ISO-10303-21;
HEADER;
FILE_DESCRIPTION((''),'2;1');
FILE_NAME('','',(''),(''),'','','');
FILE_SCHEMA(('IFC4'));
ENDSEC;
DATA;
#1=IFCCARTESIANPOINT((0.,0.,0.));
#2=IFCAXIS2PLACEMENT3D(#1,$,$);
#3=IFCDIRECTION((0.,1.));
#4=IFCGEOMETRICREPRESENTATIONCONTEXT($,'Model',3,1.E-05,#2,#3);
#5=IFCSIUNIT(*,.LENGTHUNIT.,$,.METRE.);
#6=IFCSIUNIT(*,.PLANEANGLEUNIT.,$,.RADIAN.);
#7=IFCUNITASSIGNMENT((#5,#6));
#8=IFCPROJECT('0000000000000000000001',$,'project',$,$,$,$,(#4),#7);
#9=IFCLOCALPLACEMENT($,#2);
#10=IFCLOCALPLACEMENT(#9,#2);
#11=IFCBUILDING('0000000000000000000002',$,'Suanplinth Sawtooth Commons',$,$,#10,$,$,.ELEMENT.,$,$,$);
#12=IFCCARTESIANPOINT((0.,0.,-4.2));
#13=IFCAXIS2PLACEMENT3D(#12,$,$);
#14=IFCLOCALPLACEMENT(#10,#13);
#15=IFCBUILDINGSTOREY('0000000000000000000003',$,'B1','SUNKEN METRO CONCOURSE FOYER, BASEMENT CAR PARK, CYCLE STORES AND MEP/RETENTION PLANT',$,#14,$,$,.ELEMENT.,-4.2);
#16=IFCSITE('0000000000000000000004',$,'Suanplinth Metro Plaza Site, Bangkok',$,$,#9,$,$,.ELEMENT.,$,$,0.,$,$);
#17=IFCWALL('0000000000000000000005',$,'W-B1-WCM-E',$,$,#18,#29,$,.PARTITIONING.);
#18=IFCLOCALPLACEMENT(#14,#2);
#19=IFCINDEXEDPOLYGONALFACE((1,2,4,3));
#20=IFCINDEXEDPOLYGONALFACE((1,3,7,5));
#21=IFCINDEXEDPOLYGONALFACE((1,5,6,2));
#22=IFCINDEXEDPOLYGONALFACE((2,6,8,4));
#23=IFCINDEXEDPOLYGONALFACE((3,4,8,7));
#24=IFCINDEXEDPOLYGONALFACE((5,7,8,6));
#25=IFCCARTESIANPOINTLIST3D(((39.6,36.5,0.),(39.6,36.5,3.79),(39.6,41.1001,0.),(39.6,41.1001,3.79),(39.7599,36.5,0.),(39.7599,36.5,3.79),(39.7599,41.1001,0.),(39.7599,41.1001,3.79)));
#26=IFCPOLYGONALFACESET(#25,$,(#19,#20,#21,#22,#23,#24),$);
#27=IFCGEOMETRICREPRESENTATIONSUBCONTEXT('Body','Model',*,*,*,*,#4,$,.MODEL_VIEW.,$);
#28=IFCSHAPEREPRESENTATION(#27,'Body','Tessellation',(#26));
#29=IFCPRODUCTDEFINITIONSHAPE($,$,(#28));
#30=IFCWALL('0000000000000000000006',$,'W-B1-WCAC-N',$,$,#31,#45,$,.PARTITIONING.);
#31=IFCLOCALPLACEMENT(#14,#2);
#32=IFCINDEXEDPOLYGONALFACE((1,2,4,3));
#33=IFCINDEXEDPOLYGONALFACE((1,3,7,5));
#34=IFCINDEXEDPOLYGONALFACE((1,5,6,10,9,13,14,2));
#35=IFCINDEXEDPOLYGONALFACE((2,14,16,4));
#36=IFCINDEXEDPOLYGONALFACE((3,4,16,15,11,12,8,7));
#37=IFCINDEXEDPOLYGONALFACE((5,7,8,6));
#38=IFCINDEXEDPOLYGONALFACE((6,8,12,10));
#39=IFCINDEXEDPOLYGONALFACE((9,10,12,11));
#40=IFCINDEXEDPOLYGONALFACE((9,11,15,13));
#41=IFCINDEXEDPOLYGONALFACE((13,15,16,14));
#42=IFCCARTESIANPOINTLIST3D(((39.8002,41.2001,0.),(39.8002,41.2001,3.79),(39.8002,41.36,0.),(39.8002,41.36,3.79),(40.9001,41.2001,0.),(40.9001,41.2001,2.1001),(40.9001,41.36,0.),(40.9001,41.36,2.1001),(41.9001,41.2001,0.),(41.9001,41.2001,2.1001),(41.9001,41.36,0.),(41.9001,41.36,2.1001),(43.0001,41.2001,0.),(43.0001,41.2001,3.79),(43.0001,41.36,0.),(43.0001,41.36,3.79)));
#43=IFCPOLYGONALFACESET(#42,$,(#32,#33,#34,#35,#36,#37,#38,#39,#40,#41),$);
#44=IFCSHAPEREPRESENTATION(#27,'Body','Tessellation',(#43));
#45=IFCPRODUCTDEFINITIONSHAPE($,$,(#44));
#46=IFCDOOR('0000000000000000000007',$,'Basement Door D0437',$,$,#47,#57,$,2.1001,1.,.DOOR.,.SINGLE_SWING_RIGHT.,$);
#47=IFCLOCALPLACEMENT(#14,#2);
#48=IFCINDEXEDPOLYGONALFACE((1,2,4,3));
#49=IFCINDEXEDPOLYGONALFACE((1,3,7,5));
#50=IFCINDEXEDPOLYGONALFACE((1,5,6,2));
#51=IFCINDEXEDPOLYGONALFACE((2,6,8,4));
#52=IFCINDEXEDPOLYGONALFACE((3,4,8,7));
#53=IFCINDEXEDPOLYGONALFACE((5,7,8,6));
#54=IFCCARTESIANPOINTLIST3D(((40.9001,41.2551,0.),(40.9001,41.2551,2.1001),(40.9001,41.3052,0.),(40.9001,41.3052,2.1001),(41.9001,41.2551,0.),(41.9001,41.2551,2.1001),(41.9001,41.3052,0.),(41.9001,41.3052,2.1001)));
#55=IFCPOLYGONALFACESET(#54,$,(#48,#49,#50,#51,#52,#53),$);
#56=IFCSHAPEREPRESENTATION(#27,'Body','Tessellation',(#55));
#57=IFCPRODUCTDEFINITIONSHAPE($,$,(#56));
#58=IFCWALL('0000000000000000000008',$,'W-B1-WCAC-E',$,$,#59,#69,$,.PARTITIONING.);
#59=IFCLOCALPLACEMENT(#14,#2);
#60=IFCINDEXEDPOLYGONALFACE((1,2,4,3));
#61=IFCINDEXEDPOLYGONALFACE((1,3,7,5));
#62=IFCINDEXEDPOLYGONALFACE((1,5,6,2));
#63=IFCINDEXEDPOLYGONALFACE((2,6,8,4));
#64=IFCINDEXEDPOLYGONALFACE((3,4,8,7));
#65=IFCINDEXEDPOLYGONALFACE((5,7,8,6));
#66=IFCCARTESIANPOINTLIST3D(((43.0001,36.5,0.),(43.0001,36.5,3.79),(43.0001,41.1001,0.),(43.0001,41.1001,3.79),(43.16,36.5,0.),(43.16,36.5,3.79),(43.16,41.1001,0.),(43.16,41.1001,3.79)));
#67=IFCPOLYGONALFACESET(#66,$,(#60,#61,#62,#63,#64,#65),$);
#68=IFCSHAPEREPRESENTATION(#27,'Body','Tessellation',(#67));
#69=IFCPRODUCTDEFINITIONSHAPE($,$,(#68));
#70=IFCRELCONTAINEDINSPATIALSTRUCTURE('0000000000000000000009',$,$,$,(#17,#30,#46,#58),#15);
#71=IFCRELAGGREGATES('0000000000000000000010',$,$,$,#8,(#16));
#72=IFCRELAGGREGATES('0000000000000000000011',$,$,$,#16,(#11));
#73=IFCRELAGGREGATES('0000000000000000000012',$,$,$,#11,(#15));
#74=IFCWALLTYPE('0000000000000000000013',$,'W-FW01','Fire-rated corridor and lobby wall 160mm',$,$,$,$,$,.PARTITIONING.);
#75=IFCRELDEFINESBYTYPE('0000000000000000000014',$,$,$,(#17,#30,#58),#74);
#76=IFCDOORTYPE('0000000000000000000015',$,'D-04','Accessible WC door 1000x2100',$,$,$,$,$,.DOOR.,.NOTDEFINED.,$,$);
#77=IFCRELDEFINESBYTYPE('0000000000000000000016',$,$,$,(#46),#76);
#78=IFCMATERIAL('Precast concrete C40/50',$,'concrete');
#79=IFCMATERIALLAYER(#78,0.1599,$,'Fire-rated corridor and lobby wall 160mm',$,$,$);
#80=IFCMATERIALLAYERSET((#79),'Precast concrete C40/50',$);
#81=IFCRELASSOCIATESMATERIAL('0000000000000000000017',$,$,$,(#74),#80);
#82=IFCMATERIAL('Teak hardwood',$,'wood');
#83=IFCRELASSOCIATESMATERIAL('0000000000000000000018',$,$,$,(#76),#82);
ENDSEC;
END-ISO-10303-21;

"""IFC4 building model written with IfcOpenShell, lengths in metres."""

from ifc_helpers import new_model, si_unit, direction, frame, frame_2d, origin, place, context, subcontext, project, spatial, rectangle, extrude, material, layer, layer_set, type_object, element, fill, save


model = new_model("IFC4")

# Units and contexts
model_context = context("Model", 3, precision=1e-05, world=origin(), true_north=direction((0.0, 1.0)))
body_context = subcontext(model_context, "Body", "Model", "MODEL_VIEW")
ifc_project = project(units=[si_unit("LENGTHUNIT", "METRE"), si_unit("PLANEANGLEUNIT", "RADIAN")], contexts=[model_context])

# Site, building, storey
site_placement = place(None, origin())
site = spatial("IfcSite", under=ifc_project, at=site_placement, Name="Suanplinth Metro Plaza Site, Bangkok", CompositionType="ELEMENT", RefElevation=0.0)
building_placement = place(site_placement, origin())
building = spatial("IfcBuilding", under=site, at=building_placement, Name="Suanplinth Sawtooth Commons", CompositionType="ELEMENT")
storey_placement = place(building_placement, frame((0.0, 0.0, -4.2)))
storey = spatial("IfcBuildingStorey", under=building, at=storey_placement, Name="B1", Description="SUNKEN METRO CONCOURSE FOYER, BASEMENT CAR PARK, CYCLE STORES AND MEP/RETENTION PLANT", CompositionType="ELEMENT", Elevation=-4.2)

# Shared definitions
ifc_material_1 = material(Name="Precast concrete C40/50", Category="concrete")

# Shared definitions
ifc_layer_1 = layer(ifc_material_1, 0.1599, Name="Fire-rated corridor and lobby wall 160mm")
ifc_layer_set_1 = layer_set([ifc_layer_1], Name="Precast concrete C40/50")
wall_type = type_object("IfcWallType", Name="W-FW01", Description="Fire-rated corridor and lobby wall 160mm", PredefinedType="PARTITIONING", material=ifc_layer_set_1)
ifc_material_2 = material(Name="Teak hardwood", Category="wood")
door_type = type_object("IfcDoorType", Name="D-04", Description="Accessible WC door 1000x2100", OperationType="NOTDEFINED", PredefinedType="DOOR", material=ifc_material_2)

# Wall
wall_1_placement = place(storey_placement, frame((39.6799, 36.5, 0.0), z_axis=(0.0, 0.0, 1.0), x_axis=(0.0, 1.0, 0.0)))
element("IfcWall", 1, at=wall_1_placement, inside=storey, type_object=wall_type, Name="W-B1-WCM-E", PredefinedType="PARTITIONING", context=body_context, shape_type="SweptSolid", body=[
    extrude(rectangle(XDim=4.6001, YDim=0.1599, at=frame_2d((2.3, 0.0))), origin(), (0.0, 0.0, 1.0), 3.79),
])

# Wall, opening, door
wall_2_placement = place(storey_placement, frame((39.8, 41.28, 0.0), z_axis=(0.0, 0.0, 1.0), x_axis=(1.0, 0.0, 0.0)))
wall_2 = element("IfcWall", 2, at=wall_2_placement, inside=storey, type_object=wall_type, Name="W-B1-WCAC-N", PredefinedType="PARTITIONING", context=body_context, shape_type="SweptSolid", body=[
    extrude(rectangle(XDim=3.2, YDim=0.1599, at=frame_2d((1.6001, 0.0))), origin(), (0.0, 0.0, 1.0), 3.79),
])
opening_1_placement = place(wall_2_placement, frame((1.1001, 0.0, 0.0)))
opening_1 = element("IfcOpeningElement", 3, at=opening_1_placement, cuts=wall_2, PredefinedType="OPENING", context=body_context, shape_type="SweptSolid", body=[
    extrude(rectangle(XDim=1.0, YDim=2.1001, at=frame_2d((0.5, 1.05))), frame((0.0, 0.0947, 0.0), z_axis=(0.0, -1.0, 0.0), x_axis=(1.0, 0.0, 0.0)), (0.0, 0.0, 1.0), 0.1897),
])
door_1_placement = place(opening_1_placement, frame((1.0, 0.0, 0.0), z_axis=(0.0, 0.0, 1.0), x_axis=(-1.0, 0.0, 0.0)))
door_1 = element("IfcDoor", 4, at=door_1_placement, inside=storey, type_object=door_type, Name="Basement Door D0437", OperationType="SINGLE_SWING_RIGHT", OverallHeight=2.1001, OverallWidth=1.0, PredefinedType="DOOR", context=body_context, shape_type="SweptSolid", body=[
    extrude(rectangle(XDim=1.0, YDim=2.1001, at=frame_2d((0.5, 1.05))), frame((0.0, 0.0249, 0.0), z_axis=(0.0, -1.0, 0.0), x_axis=(1.0, 0.0, 0.0)), (0.0, 0.0, 1.0), 0.05),
])
fill(opening_1, door_1)

# Wall
wall_3_placement = place(storey_placement, frame((43.0801, 36.5, 0.0), z_axis=(0.0, 0.0, 1.0), x_axis=(0.0, 1.0, 0.0)))
element("IfcWall", 5, at=wall_3_placement, inside=storey, type_object=wall_type, Name="W-B1-WCAC-E", PredefinedType="PARTITIONING", context=body_context, shape_type="SweptSolid", body=[
    extrude(rectangle(XDim=4.6001, YDim=0.1599, at=frame_2d((2.3, 0.0))), origin(), (0.0, 0.0, 1.0), 3.79),
])

save(model, "model.ifc")
